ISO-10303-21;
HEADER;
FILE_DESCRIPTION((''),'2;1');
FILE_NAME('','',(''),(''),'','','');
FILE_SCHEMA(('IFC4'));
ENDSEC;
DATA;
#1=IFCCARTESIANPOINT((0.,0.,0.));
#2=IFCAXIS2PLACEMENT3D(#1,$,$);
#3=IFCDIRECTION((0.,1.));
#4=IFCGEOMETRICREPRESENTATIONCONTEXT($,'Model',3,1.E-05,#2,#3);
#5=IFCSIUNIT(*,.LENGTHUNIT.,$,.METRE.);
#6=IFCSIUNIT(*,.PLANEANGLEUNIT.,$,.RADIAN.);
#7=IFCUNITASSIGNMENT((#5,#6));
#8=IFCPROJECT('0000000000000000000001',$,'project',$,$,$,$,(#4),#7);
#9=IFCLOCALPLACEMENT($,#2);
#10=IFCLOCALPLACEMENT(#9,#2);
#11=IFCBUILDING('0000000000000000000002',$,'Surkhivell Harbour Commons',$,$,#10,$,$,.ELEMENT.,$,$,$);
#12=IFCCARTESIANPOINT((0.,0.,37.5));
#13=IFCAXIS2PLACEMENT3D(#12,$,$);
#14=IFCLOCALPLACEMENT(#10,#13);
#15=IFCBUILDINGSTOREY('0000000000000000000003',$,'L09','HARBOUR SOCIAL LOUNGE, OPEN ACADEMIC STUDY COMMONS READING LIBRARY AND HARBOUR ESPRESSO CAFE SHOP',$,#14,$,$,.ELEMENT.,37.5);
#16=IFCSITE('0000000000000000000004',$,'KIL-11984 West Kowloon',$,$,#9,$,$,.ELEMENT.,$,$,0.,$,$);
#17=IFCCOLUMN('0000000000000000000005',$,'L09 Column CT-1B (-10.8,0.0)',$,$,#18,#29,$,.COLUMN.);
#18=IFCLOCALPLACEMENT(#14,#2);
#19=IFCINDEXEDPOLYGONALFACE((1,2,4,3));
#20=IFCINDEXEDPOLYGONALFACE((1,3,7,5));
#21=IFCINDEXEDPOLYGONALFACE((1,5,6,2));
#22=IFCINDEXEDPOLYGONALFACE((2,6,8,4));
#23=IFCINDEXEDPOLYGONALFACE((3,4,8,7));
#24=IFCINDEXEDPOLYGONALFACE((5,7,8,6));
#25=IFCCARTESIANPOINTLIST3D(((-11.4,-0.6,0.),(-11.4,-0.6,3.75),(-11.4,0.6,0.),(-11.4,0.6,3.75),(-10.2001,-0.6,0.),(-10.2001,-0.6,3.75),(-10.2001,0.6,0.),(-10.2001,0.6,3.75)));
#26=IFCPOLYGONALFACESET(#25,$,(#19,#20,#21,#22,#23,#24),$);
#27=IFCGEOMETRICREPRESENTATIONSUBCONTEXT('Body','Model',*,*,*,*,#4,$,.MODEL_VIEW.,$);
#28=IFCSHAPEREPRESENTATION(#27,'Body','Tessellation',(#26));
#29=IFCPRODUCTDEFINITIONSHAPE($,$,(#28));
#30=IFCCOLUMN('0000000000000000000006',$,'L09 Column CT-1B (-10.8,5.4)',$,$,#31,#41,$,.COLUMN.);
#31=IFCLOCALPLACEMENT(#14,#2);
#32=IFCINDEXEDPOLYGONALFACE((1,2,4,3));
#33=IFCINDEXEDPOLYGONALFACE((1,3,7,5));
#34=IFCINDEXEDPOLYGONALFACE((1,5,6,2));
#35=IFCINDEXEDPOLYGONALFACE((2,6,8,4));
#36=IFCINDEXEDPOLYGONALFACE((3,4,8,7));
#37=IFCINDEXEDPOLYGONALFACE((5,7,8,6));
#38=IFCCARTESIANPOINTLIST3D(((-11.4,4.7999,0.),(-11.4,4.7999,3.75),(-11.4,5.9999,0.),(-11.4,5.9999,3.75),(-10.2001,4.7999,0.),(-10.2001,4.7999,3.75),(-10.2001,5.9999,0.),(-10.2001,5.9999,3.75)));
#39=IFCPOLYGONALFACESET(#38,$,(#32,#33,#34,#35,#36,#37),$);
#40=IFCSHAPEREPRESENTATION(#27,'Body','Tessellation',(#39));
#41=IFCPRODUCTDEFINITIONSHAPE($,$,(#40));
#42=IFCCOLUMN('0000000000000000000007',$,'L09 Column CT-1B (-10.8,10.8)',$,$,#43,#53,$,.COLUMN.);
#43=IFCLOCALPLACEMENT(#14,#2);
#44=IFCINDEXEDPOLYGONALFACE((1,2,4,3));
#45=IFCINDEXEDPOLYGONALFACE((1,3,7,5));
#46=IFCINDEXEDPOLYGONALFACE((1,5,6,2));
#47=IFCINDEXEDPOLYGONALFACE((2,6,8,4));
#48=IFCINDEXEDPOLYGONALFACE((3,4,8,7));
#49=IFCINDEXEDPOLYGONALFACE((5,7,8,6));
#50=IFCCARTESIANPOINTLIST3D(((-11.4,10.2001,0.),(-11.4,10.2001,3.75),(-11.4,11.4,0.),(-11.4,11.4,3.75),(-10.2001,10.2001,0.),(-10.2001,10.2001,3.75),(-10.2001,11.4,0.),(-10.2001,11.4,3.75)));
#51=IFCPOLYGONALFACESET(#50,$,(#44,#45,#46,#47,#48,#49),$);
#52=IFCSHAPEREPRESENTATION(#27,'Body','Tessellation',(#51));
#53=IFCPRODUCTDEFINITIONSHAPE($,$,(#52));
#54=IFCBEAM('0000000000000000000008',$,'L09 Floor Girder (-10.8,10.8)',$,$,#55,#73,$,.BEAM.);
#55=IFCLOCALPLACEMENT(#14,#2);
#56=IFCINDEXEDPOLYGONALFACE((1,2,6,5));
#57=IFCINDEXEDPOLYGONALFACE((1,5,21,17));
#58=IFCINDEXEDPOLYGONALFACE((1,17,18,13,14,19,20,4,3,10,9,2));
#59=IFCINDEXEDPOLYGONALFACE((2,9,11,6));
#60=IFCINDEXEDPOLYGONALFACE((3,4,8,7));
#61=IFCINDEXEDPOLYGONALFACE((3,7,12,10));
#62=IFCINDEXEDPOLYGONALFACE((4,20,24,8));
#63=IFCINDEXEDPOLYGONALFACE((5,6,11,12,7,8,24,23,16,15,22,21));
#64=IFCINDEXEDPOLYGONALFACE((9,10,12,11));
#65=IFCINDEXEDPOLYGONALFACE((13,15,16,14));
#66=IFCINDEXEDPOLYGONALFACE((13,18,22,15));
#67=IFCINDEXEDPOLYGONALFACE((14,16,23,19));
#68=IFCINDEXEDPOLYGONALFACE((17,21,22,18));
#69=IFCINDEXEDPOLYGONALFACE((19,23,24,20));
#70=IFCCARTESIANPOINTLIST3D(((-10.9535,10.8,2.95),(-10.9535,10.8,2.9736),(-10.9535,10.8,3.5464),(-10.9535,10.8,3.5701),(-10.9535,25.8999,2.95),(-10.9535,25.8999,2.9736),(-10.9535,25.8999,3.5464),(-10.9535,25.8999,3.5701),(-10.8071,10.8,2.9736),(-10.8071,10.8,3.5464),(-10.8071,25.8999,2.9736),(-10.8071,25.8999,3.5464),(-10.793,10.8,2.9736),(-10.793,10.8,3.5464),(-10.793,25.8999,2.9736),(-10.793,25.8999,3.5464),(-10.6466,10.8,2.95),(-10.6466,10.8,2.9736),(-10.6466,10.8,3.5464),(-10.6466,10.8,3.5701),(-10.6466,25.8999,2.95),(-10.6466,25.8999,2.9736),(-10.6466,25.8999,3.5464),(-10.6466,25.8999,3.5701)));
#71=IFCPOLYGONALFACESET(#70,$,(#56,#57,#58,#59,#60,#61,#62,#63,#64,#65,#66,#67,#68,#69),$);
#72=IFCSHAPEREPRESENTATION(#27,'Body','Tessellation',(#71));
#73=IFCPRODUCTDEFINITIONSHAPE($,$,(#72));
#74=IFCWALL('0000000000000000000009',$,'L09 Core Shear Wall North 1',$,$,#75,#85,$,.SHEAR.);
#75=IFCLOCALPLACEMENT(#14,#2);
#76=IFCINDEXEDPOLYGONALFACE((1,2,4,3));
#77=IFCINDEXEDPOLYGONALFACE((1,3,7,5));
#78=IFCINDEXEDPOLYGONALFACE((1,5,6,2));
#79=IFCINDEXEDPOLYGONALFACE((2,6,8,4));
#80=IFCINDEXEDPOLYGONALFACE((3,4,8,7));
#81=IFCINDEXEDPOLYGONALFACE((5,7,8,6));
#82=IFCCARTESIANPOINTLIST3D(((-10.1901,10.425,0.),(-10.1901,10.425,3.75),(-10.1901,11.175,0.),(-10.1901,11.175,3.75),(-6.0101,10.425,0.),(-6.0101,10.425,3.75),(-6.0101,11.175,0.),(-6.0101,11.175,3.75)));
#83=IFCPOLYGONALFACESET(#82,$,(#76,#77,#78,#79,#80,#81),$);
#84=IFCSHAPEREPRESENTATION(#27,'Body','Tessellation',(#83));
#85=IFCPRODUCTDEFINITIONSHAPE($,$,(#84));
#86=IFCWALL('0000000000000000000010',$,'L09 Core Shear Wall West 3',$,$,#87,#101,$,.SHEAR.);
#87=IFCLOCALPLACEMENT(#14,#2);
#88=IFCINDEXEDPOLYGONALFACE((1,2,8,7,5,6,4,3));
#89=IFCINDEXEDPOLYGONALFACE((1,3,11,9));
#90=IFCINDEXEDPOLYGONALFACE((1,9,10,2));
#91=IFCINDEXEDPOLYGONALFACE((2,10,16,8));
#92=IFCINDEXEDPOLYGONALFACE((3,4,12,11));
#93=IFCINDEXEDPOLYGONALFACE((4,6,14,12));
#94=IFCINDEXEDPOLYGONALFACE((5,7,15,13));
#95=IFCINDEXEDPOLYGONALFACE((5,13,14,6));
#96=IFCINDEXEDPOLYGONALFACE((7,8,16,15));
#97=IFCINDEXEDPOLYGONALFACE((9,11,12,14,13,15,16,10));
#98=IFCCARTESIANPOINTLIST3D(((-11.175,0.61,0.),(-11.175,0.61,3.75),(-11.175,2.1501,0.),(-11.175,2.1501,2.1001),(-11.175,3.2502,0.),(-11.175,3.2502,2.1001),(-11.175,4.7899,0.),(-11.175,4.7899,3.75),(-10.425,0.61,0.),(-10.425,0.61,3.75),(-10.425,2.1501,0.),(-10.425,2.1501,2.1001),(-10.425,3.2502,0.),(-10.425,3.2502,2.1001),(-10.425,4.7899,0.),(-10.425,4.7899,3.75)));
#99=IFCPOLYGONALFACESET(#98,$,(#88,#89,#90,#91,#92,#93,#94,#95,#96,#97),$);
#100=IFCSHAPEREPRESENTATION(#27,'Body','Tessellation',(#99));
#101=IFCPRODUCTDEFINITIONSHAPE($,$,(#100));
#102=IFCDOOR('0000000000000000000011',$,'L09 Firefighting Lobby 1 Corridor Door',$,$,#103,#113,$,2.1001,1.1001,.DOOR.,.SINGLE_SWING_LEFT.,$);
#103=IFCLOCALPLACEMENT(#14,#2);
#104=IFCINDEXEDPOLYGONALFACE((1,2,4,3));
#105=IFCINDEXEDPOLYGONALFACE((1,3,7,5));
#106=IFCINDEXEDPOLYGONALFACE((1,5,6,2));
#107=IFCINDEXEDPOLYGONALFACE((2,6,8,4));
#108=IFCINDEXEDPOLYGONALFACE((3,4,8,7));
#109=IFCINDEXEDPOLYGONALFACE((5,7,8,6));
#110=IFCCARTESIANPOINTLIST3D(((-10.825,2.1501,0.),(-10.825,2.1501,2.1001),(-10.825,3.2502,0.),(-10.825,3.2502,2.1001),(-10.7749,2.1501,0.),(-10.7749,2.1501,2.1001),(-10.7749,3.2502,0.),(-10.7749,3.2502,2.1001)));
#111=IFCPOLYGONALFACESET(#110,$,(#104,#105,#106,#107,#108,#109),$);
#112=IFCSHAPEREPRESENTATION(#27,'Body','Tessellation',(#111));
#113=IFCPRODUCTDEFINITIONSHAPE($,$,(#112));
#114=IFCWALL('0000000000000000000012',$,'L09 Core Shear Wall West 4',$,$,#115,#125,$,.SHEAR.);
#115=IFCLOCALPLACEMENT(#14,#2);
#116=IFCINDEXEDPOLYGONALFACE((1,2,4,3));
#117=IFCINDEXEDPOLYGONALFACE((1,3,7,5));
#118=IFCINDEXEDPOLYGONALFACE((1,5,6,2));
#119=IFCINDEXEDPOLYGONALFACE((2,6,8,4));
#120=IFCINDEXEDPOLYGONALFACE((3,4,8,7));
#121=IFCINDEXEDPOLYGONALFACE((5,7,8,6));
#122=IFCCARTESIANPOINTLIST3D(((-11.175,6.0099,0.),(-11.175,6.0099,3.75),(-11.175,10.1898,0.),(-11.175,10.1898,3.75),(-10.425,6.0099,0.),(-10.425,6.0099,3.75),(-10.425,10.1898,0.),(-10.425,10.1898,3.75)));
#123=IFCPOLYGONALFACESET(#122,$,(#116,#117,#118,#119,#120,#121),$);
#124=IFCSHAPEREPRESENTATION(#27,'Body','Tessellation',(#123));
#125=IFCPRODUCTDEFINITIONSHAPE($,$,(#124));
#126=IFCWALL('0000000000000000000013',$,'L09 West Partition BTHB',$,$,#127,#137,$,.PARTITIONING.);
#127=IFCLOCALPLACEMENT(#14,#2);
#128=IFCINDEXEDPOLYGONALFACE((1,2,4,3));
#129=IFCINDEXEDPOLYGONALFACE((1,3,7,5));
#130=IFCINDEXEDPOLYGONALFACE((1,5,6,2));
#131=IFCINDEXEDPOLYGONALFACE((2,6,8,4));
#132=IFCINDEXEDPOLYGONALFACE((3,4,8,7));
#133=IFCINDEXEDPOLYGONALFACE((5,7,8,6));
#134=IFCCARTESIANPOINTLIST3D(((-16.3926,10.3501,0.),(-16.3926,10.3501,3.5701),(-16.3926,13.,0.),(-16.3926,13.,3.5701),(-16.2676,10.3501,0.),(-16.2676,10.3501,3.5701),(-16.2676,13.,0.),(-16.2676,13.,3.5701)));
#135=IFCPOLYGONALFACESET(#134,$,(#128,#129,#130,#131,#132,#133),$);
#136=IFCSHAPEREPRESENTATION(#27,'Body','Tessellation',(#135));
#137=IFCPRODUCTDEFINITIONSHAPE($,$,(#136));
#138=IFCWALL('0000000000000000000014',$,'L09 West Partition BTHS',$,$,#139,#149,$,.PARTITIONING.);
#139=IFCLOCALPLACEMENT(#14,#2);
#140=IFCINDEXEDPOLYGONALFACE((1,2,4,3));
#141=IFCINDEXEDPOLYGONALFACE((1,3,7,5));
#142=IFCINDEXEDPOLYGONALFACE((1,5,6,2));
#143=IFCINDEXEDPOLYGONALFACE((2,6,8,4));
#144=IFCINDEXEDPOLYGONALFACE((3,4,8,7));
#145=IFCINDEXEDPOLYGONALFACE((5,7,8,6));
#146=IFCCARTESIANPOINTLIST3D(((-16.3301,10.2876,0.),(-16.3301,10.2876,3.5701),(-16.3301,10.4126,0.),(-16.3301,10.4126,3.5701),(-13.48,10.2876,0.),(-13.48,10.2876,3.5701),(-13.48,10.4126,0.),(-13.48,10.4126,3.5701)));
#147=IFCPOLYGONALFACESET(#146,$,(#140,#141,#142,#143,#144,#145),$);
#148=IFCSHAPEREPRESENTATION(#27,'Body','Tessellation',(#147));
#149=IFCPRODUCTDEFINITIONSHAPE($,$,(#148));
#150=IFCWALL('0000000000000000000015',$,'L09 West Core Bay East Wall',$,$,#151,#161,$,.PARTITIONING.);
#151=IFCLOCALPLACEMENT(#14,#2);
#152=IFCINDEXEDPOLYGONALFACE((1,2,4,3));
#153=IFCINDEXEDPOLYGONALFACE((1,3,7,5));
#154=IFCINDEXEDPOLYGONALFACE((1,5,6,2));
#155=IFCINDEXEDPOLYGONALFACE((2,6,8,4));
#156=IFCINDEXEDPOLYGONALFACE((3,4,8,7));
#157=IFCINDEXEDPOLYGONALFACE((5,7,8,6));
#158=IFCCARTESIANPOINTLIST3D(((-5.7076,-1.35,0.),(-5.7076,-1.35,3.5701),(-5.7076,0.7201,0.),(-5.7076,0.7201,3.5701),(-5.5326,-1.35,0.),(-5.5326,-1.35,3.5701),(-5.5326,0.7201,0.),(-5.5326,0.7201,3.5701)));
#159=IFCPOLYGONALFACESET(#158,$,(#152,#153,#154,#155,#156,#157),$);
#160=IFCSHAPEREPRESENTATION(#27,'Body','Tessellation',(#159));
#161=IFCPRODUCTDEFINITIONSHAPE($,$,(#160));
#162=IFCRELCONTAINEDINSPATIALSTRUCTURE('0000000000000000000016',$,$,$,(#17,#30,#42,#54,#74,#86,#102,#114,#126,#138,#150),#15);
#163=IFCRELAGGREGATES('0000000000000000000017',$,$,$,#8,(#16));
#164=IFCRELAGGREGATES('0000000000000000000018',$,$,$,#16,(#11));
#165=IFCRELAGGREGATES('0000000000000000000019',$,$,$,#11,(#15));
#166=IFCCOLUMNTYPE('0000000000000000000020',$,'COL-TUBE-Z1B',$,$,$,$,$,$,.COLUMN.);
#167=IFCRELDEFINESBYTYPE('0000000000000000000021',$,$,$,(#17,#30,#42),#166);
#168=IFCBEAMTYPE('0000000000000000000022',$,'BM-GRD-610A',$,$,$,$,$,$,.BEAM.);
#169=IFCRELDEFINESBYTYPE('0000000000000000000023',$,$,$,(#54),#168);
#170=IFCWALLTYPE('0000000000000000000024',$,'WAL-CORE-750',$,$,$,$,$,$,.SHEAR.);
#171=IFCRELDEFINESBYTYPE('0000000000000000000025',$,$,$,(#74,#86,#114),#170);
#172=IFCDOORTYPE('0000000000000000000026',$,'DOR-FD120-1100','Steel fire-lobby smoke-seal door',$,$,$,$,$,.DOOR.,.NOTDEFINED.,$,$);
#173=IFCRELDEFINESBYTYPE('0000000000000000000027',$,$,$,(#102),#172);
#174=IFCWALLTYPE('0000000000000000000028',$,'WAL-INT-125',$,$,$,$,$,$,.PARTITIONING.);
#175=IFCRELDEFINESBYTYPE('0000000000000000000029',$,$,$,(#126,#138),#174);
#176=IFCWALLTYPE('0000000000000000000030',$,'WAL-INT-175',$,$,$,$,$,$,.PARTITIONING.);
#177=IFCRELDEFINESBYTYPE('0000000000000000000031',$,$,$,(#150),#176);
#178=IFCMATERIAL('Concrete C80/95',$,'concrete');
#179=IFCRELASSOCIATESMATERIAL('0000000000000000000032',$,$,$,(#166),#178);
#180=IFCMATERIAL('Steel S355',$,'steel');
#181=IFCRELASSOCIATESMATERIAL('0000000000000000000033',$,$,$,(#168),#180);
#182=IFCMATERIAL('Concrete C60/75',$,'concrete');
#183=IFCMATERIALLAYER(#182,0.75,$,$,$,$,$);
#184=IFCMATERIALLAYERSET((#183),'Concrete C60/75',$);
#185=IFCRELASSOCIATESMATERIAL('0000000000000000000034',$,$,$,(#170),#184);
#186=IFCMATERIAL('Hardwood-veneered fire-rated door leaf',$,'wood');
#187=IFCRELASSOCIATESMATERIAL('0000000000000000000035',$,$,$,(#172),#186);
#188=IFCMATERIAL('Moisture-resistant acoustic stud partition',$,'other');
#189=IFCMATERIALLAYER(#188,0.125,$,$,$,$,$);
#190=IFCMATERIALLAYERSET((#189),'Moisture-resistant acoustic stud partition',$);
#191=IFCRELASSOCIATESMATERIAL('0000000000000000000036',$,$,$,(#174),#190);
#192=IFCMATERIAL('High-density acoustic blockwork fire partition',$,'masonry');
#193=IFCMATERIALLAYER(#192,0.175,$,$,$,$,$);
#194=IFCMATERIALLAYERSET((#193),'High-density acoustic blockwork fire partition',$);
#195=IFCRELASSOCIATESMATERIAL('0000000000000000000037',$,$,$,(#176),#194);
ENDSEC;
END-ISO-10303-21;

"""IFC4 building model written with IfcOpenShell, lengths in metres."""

from ifc_helpers import new_model, si_unit, direction, frame, frame_2d, origin, origin_2d, place, context, subcontext, project, spatial, rectangle, i_section, extrude, material, layer, layer_set, material_profile, profile_set, type_object, element, fill, save


model = new_model("IFC4")

# Units and contexts
model_context = context("Model", 3, precision=1e-05, world=origin(), true_north=direction((0.0, 1.0)))
body_context = subcontext(model_context, "Body", "Model", "MODEL_VIEW")
ifc_project = project(units=[si_unit("LENGTHUNIT", "METRE"), si_unit("PLANEANGLEUNIT", "RADIAN")], contexts=[model_context])

# Site, building, storey
site_placement = place(None, origin())
site = spatial("IfcSite", under=ifc_project, at=site_placement, Name="KIL-11984 West Kowloon", CompositionType="ELEMENT", RefElevation=0.0)
building_placement = place(site_placement, origin())
building = spatial("IfcBuilding", under=site, at=building_placement, Name="Surkhivell Harbour Commons", CompositionType="ELEMENT")
storey_placement = place(building_placement, frame((0.0, 0.0, 37.5)))
storey = spatial("IfcBuildingStorey", under=building, at=storey_placement, Name="L09", Description="HARBOUR SOCIAL LOUNGE, OPEN ACADEMIC STUDY COMMONS READING LIBRARY AND HARBOUR ESPRESSO CAFE SHOP", CompositionType="ELEMENT", Elevation=37.5)

# Columns
ifc_material_1 = material(Name="Concrete C80/95", Category="concrete")
ifc_material_profile_1 = material_profile(ifc_material_1, rectangle(XDim=1.2, YDim=1.2, at=origin_2d()), Name="RC-COL-1200x1200")
ifc_profile_set_1 = profile_set([ifc_material_profile_1], Name="Concrete C80/95")
column_type = type_object("IfcColumnType", Name="COL-TUBE-Z1B", PredefinedType="COLUMN", material=ifc_profile_set_1)
for number, where, z_axis, x_axis, name in (
    (1, (-10.8, 0.0, 0.0), (0.0, 0.0, 1.0), (1.0, 0.0, 0.0), "L09 Column CT-1B (-10.8,0.0)"),
    (2, (-10.8, 5.3999, 0.0), (0.0, 0.0, 1.0), (1.0, 0.0, 0.0), "L09 Column CT-1B (-10.8,5.4)"),
    (3, (-10.8, 10.8, 0.0), (0.0, 0.0, 1.0), (1.0, 0.0, 0.0), "L09 Column CT-1B (-10.8,10.8)"),
):
    element("IfcColumn", number, at=place(storey_placement, frame(where, z_axis=z_axis, x_axis=x_axis)), inside=storey, type_object=column_type, Name=name, PredefinedType="COLUMN", context=body_context, shape_type="SweptSolid", body=[
        extrude(rectangle(XDim=1.2, YDim=1.2, at=origin_2d()), origin(), (0.0, 0.0, 1.0), 3.75),
    ])

# Beam
ifc_material_2 = material(Name="Steel S355", Category="steel")
ifc_material_profile_2 = material_profile(ifc_material_2, i_section(OverallWidth=0.3069, OverallDepth=0.6201, WebThickness=0.0142, FlangeThickness=0.0237, at=origin_2d()), Name="UB610x305x179")
ifc_profile_set_2 = profile_set([ifc_material_profile_2], Name="Steel S355")
beam_type = type_object("IfcBeamType", Name="BM-GRD-610A", PredefinedType="BEAM", material=ifc_profile_set_2)
beam_placement = place(storey_placement, frame((-10.8, 10.8, 3.26), z_axis=(0.0, 1.0, 0.0), x_axis=(-1.0, 0.0, 0.0)))
element("IfcBeam", 4, at=beam_placement, inside=storey, type_object=beam_type, Name="L09 Floor Girder (-10.8,10.8)", PredefinedType="BEAM", context=body_context, shape_type="SweptSolid", body=[
    extrude(i_section(OverallWidth=0.3069, OverallDepth=0.6201, WebThickness=0.0142, FlangeThickness=0.0237, at=origin_2d()), origin(), (0.0, 0.0, 1.0), 15.0999),
])

# Wall
ifc_material_3 = material(Name="Concrete C60/75", Category="concrete")
ifc_layer_1 = layer(ifc_material_3, 0.75)
ifc_layer_set_1 = layer_set([ifc_layer_1], Name="Concrete C60/75")
wall_type_1 = type_object("IfcWallType", Name="WAL-CORE-750", PredefinedType="SHEAR", material=ifc_layer_set_1)
wall_1_placement = place(storey_placement, frame((-10.1899, 10.8, 0.0), z_axis=(0.0, 0.0, 1.0), x_axis=(1.0, 0.0, 0.0)))
element("IfcWall", 5, at=wall_1_placement, inside=storey, type_object=wall_type_1, Name="L09 Core Shear Wall North 1", PredefinedType="SHEAR", context=body_context, shape_type="SweptSolid", body=[
    extrude(rectangle(XDim=4.1799, YDim=0.75, at=frame_2d((2.0898, 0.0))), origin(), (0.0, 0.0, 1.0), 3.75),
])

# Wall, opening, door
wall_2_placement = place(storey_placement, frame((-10.8, 0.6101, 0.0), z_axis=(0.0, 0.0, 1.0), x_axis=(0.0, 1.0, 0.0)))
wall_2 = element("IfcWall", 6, at=wall_2_placement, inside=storey, type_object=wall_type_1, Name="L09 Core Shear Wall West 3", PredefinedType="SHEAR", context=body_context, shape_type="SweptSolid", body=[
    extrude(rectangle(XDim=4.1799, YDim=0.75, at=frame_2d((2.0898, 0.0))), origin(), (0.0, 0.0, 1.0), 3.75),
])
opening_1_placement = place(wall_2_placement, frame((1.54, 0.0, 0.0)))
opening_1 = element("IfcOpeningElement", 7, at=opening_1_placement, cuts=wall_2, PredefinedType="OPENING", context=body_context, shape_type="SweptSolid", body=[
    extrude(rectangle(XDim=1.1001, YDim=2.1001, at=frame_2d((0.55, 1.05))), frame((0.0, 0.385, 0.0), z_axis=(0.0, -1.0, 0.0), x_axis=(1.0, 0.0, 0.0)), (0.0, 0.0, 1.0), 0.77),
])
ifc_material_4 = material(Name="Hardwood-veneered fire-rated door leaf", Category="wood")
door_type_1 = type_object("IfcDoorType", Name="DOR-FD120-1100", Description="Steel fire-lobby smoke-seal door", OperationType="NOTDEFINED", PredefinedType="DOOR", material=ifc_material_4)
door_1_placement = place(opening_1_placement, origin())
door_1 = element("IfcDoor", 8, at=door_1_placement, inside=storey, type_object=door_type_1, Name="L09 Firefighting Lobby 1 Corridor Door", OperationType="SINGLE_SWING_LEFT", OverallHeight=2.1001, OverallWidth=1.1001, PredefinedType="DOOR", context=body_context, shape_type="SweptSolid", body=[
    extrude(rectangle(XDim=1.1001, YDim=2.1001, at=frame_2d((0.55, 1.05))), frame((0.0, 0.0249, 0.0), z_axis=(0.0, -1.0, 0.0), x_axis=(1.0, 0.0, 0.0)), (0.0, 0.0, 1.0), 0.05),
])
fill(opening_1, door_1)

# Walls
wall_3_placement = place(storey_placement, frame((-10.8, 6.01, 0.0), z_axis=(0.0, 0.0, 1.0), x_axis=(0.0, 1.0, 0.0)))
element("IfcWall", 9, at=wall_3_placement, inside=storey, type_object=wall_type_1, Name="L09 Core Shear Wall West 4", PredefinedType="SHEAR", context=body_context, shape_type="SweptSolid", body=[
    extrude(rectangle(XDim=4.1799, YDim=0.75, at=frame_2d((2.0898, 0.0))), origin(), (0.0, 0.0, 1.0), 3.75),
])
ifc_material_5 = material(Name="Moisture-resistant acoustic stud partition", Category="other")
ifc_layer_2 = layer(ifc_material_5, 0.125)
ifc_layer_set_2 = layer_set([ifc_layer_2], Name="Moisture-resistant acoustic stud partition")
wall_type_2 = type_object("IfcWallType", Name="WAL-INT-125", PredefinedType="PARTITIONING", material=ifc_layer_set_2)
wall_4_placement = place(storey_placement, frame((-16.3301, 10.3501, 0.0), z_axis=(0.0, 0.0, 1.0), x_axis=(0.0, 1.0, 0.0)))
element("IfcWall", 10, at=wall_4_placement, inside=storey, type_object=wall_type_2, Name="L09 West Partition BTHB", PredefinedType="PARTITIONING", context=body_context, shape_type="SweptSolid", body=[
    extrude(rectangle(XDim=2.6499, YDim=0.125, at=frame_2d((1.325, 0.0))), origin(), (0.0, 0.0, 1.0), 3.5701),
])
wall_5_placement = place(storey_placement, frame((-16.3301, 10.3501, 0.0), z_axis=(0.0, 0.0, 1.0), x_axis=(1.0, 0.0, 0.0)))
element("IfcWall", 11, at=wall_5_placement, inside=storey, type_object=wall_type_2, Name="L09 West Partition BTHS", PredefinedType="PARTITIONING", context=body_context, shape_type="SweptSolid", body=[
    extrude(rectangle(XDim=2.8501, YDim=0.125, at=frame_2d((1.425, 0.0))), origin(), (0.0, 0.0, 1.0), 3.5701),
])
ifc_material_6 = material(Name="High-density acoustic blockwork fire partition", Category="masonry")
ifc_layer_3 = layer(ifc_material_6, 0.175)
ifc_layer_set_3 = layer_set([ifc_layer_3], Name="High-density acoustic blockwork fire partition")
wall_type_3 = type_object("IfcWallType", Name="WAL-INT-175", PredefinedType="PARTITIONING", material=ifc_layer_set_3)
wall_6_placement = place(storey_placement, frame((-5.6201, -1.3501, 0.0), z_axis=(0.0, 0.0, 1.0), x_axis=(0.0, 1.0, 0.0)))
element("IfcWall", 12, at=wall_6_placement, inside=storey, type_object=wall_type_3, Name="L09 West Core Bay East Wall", PredefinedType="PARTITIONING", context=body_context, shape_type="SweptSolid", body=[
    extrude(rectangle(XDim=2.0701, YDim=0.175, at=frame_2d((1.0352, 0.0))), origin(), (0.0, 0.0, 1.0), 3.5701),
])

save(model, "model.ifc")
